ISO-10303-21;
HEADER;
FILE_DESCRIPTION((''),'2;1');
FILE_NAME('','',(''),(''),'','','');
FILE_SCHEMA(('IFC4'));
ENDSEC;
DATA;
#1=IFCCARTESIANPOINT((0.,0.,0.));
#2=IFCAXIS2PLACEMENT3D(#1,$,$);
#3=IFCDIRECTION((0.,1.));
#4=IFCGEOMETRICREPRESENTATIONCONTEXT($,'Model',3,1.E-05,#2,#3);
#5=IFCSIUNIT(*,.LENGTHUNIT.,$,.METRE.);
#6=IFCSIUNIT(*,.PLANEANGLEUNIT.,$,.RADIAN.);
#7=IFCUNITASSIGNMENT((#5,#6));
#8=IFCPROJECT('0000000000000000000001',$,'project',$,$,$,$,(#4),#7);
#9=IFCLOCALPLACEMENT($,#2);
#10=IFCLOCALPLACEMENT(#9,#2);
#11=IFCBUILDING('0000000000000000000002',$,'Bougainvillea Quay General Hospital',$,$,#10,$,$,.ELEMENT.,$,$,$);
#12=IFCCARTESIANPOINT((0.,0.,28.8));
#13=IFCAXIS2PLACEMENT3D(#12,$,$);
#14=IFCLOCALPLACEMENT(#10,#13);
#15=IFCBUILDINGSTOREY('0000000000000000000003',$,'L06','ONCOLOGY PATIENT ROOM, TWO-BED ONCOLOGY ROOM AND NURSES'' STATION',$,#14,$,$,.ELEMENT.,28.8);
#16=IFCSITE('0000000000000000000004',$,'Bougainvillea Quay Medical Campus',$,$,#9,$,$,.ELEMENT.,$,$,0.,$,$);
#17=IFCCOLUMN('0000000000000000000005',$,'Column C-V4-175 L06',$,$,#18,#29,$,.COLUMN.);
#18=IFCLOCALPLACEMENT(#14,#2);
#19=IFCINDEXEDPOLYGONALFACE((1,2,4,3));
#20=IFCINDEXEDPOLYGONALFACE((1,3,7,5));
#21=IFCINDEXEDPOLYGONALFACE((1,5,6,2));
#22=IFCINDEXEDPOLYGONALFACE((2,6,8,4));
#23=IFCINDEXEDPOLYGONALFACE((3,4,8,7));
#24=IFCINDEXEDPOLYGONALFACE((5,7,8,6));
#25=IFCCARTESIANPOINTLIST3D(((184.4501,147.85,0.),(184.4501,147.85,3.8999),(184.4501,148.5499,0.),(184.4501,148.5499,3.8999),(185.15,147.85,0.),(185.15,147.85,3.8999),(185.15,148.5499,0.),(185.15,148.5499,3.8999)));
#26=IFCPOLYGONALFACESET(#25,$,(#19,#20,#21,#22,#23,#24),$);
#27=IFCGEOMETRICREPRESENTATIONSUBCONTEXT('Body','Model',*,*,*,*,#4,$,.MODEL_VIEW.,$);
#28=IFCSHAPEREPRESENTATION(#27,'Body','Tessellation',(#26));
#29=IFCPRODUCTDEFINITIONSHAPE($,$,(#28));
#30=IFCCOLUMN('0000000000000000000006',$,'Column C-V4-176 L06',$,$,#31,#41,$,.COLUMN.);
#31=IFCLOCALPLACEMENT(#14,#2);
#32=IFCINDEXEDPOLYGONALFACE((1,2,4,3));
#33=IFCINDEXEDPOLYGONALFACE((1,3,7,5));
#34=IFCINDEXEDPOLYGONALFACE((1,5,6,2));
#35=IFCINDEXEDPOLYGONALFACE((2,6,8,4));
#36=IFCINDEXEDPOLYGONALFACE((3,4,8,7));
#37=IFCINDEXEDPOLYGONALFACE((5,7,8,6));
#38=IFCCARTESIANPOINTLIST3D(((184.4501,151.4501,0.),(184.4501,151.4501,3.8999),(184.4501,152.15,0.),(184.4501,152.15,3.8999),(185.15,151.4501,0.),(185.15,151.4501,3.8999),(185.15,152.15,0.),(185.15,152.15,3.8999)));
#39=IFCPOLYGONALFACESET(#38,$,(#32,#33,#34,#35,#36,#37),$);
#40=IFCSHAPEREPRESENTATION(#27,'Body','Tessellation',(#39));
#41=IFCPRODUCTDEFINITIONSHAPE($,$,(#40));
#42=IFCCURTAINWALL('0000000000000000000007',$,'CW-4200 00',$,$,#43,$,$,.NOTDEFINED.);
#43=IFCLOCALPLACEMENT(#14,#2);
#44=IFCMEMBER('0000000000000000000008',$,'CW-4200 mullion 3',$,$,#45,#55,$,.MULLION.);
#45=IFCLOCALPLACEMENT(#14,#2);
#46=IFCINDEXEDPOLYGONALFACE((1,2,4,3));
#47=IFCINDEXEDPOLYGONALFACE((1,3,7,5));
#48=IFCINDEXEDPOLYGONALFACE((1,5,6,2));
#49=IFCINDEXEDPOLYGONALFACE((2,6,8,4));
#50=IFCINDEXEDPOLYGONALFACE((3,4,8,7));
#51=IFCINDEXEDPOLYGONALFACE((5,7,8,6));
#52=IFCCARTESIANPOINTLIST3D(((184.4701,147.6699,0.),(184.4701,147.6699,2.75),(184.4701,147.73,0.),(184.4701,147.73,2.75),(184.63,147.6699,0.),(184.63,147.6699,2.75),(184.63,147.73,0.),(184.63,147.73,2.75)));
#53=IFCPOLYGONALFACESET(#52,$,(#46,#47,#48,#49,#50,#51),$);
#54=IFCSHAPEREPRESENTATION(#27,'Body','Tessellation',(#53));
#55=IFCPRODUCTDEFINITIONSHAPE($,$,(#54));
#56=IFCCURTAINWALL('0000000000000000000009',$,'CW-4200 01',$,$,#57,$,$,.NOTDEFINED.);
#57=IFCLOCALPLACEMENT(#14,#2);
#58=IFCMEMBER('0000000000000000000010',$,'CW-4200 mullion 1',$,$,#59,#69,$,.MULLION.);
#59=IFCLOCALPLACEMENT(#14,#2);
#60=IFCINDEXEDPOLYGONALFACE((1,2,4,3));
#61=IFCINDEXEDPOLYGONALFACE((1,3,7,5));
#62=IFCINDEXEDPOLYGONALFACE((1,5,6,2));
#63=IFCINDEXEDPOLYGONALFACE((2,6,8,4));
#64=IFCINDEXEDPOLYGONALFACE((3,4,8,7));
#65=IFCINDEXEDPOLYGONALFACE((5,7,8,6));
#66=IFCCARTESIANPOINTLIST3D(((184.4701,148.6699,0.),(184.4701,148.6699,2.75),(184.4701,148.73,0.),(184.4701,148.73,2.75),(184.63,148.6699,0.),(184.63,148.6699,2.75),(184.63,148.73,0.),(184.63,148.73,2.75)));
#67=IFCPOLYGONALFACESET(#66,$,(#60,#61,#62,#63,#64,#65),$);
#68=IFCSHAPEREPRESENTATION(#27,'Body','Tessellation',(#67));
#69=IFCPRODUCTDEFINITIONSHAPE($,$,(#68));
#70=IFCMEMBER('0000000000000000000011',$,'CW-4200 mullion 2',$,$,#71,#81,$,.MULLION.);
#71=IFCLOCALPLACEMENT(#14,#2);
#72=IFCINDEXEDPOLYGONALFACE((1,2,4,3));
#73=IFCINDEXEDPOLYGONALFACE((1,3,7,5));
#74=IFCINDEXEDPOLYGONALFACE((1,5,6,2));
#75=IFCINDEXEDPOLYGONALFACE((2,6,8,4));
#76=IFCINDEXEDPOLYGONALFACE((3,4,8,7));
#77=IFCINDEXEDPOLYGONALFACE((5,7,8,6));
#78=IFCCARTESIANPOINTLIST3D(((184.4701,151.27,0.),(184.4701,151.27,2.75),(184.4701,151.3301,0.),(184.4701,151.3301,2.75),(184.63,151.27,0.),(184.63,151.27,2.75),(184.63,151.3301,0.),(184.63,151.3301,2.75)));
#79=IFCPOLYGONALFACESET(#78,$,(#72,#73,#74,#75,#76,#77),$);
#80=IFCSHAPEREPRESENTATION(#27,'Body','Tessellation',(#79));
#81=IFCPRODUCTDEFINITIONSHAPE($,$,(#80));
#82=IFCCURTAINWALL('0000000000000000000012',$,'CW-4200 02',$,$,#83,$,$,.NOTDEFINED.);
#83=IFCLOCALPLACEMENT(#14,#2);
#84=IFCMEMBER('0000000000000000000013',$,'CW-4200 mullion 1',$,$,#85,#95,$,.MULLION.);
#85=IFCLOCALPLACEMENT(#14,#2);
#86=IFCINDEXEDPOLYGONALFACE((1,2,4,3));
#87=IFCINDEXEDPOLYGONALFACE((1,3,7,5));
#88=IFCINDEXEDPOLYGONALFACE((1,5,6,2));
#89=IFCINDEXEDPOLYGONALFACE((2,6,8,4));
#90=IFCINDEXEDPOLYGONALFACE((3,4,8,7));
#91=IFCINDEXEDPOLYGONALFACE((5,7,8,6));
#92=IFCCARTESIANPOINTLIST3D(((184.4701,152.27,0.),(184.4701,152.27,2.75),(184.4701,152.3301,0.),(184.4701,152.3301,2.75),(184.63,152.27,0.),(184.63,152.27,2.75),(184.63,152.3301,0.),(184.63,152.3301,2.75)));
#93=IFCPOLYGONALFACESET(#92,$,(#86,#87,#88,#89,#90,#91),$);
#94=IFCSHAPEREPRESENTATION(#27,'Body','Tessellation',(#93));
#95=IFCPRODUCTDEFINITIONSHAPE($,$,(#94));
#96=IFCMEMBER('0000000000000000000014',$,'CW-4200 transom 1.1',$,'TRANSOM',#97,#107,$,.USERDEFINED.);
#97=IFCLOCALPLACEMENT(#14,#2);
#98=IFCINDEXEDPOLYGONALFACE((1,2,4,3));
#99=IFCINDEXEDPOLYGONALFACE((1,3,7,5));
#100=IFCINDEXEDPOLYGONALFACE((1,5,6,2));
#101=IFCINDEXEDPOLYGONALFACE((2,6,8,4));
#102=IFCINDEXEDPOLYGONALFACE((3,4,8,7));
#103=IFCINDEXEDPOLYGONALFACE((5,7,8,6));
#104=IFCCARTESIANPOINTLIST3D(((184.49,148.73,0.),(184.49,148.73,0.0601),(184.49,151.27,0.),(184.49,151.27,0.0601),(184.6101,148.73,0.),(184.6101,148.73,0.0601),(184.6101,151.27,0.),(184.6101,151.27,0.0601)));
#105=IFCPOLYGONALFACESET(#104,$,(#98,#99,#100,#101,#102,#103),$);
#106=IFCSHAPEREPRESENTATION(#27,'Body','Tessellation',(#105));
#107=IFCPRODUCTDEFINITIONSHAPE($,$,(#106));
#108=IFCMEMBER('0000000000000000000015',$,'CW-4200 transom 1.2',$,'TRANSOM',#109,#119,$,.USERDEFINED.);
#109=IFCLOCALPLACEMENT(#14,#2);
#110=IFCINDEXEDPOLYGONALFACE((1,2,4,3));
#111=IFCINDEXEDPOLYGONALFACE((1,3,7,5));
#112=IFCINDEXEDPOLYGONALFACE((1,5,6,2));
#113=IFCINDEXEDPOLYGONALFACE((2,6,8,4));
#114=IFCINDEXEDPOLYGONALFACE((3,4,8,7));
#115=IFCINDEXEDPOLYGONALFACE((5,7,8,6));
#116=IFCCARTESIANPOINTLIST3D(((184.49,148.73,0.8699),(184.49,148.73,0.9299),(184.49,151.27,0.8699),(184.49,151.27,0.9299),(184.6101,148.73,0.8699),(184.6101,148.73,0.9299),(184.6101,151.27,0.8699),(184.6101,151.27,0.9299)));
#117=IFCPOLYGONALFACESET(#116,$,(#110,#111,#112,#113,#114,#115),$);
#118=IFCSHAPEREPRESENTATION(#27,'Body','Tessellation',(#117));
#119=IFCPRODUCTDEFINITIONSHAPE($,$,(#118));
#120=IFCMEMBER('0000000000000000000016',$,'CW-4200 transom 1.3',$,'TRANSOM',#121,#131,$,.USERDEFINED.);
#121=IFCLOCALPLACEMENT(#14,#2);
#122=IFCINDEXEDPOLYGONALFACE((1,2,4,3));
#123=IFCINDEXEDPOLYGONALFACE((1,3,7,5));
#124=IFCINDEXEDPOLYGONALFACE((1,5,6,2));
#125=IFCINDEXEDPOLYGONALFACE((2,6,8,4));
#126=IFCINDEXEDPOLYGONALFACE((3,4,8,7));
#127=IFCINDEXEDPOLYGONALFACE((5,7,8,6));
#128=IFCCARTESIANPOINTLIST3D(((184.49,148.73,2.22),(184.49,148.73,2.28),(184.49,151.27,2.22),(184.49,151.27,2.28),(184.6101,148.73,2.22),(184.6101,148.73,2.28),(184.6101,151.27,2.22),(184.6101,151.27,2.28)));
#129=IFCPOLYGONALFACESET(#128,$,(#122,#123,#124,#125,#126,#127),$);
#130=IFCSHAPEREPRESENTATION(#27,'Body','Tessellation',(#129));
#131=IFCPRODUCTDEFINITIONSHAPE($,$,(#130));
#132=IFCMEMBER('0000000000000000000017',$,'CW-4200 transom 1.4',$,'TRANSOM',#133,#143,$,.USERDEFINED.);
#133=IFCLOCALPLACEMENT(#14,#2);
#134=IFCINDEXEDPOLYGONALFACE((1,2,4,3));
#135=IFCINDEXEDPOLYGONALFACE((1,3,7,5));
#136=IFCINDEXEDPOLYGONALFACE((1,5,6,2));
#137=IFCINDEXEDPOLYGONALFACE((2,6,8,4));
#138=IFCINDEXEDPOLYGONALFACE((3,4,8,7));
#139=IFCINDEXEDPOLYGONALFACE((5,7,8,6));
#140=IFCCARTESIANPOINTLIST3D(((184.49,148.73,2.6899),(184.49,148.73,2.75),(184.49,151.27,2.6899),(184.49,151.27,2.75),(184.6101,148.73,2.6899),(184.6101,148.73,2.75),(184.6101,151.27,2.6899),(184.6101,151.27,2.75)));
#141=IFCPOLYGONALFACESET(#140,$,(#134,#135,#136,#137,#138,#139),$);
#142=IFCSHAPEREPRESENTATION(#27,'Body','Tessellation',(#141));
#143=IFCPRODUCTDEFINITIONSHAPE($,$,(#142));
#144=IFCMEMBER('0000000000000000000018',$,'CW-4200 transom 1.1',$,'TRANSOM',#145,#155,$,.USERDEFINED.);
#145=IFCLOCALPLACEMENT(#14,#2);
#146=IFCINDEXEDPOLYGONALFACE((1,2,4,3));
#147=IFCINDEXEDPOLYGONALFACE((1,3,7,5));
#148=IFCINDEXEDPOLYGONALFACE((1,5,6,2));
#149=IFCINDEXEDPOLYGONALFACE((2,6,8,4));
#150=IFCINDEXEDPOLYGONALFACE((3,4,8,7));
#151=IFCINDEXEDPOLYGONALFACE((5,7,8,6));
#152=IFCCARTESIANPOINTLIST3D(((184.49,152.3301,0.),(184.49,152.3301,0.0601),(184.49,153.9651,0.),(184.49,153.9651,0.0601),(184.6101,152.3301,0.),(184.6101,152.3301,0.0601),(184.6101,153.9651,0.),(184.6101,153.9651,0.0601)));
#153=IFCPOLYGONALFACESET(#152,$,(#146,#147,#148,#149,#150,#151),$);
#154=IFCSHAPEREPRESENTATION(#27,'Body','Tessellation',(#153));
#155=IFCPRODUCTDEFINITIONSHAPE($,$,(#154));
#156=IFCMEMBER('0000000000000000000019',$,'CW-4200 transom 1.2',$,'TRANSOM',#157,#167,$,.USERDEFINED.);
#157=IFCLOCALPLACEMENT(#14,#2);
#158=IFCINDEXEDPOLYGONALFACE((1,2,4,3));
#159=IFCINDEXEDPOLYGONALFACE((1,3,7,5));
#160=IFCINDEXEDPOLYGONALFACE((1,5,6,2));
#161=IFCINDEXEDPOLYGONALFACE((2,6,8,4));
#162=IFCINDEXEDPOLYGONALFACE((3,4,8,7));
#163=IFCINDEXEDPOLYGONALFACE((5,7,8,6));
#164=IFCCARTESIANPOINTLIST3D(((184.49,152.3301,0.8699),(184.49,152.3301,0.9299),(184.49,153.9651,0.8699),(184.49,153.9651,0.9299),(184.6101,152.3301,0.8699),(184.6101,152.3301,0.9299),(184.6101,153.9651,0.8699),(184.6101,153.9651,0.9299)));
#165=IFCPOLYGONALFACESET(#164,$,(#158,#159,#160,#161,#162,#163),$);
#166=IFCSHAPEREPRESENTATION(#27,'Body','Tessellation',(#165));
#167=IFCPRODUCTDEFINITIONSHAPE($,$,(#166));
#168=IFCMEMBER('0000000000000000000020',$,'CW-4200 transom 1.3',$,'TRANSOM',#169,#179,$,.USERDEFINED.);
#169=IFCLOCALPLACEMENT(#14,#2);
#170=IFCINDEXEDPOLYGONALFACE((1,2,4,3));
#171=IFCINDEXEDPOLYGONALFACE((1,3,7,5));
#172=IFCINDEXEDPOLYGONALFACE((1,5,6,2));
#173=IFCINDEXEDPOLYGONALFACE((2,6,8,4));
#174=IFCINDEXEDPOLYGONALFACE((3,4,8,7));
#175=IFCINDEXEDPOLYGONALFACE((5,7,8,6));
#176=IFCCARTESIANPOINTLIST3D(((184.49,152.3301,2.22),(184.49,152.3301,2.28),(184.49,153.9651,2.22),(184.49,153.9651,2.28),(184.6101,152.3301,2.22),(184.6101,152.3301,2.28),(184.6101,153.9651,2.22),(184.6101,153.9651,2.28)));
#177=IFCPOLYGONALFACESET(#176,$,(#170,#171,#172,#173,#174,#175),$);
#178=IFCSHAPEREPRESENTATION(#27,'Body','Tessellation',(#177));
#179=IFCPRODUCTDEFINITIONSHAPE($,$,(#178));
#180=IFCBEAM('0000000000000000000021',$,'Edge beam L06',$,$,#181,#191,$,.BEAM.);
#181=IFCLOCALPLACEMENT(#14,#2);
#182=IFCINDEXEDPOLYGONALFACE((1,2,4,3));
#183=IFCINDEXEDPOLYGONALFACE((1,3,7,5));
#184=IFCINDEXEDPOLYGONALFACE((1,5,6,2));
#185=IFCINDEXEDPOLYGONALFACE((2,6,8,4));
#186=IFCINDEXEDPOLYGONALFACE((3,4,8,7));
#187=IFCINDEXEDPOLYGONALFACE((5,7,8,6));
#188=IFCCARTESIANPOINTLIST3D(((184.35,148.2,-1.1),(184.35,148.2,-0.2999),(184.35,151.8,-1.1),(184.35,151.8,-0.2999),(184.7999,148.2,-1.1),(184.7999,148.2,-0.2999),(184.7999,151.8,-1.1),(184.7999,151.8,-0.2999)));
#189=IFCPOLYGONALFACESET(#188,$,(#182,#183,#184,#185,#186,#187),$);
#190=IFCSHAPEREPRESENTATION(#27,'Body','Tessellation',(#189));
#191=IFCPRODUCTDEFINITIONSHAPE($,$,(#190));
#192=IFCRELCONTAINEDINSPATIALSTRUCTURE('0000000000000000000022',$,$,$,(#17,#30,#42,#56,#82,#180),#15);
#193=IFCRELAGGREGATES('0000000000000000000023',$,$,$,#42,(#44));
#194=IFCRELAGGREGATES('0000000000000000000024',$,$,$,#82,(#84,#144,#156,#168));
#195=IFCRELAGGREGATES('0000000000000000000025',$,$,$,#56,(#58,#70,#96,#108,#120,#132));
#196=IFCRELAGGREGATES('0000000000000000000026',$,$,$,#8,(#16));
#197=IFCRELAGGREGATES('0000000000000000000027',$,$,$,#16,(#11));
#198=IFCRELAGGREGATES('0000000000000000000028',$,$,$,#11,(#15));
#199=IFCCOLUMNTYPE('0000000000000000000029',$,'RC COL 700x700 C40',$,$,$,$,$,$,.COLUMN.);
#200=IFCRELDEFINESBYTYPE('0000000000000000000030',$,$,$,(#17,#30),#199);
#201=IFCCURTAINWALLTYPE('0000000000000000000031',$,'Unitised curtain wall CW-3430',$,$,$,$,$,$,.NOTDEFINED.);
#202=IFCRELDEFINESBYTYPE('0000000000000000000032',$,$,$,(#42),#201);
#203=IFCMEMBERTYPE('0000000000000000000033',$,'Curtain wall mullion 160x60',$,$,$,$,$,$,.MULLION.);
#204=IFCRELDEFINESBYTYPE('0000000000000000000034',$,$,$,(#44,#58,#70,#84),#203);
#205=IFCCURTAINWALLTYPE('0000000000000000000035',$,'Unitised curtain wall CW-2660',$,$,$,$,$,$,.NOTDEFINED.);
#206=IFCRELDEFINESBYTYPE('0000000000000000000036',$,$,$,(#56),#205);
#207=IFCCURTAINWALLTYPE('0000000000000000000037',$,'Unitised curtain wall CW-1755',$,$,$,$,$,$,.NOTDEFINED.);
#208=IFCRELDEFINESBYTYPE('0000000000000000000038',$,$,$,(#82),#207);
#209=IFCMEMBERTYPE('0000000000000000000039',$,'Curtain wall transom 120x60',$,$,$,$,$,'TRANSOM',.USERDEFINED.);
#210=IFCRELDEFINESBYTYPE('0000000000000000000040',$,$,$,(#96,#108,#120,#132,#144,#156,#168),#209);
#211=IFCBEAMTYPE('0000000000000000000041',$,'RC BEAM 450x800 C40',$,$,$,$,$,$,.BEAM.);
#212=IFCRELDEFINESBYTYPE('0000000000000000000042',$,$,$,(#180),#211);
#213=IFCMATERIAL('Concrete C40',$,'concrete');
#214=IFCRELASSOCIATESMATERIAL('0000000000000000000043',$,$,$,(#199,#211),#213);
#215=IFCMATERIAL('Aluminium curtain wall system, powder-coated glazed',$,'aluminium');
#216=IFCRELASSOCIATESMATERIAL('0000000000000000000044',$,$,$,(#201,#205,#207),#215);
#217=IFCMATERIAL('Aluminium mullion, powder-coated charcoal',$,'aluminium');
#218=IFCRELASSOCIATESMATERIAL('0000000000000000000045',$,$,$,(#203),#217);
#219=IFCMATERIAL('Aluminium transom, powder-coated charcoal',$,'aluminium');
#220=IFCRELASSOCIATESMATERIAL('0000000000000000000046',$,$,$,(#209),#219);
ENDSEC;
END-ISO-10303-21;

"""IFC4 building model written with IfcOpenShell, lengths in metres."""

from ifc_helpers import new_model, si_unit, direction, frame, origin, origin_2d, place, context, subcontext, project, spatial, rectangle, extrude, material, material_profile, profile_set, type_object, element, aggregate, save


model = new_model("IFC4")

# Units and contexts
model_context = context("Model", 3, precision=1e-05, world=origin(), true_north=direction((0.0, 1.0)))
body_context = subcontext(model_context, "Body", "Model", "MODEL_VIEW")
ifc_project = project(units=[si_unit("LENGTHUNIT", "METRE"), si_unit("PLANEANGLEUNIT", "RADIAN")], contexts=[model_context])

# Site, building, storey
site_placement = place(None, origin())
site = spatial("IfcSite", under=ifc_project, at=site_placement, Name="Bougainvillea Quay Medical Campus", CompositionType="ELEMENT", RefElevation=0.0)
building_placement = place(site_placement, origin())
building = spatial("IfcBuilding", under=site, at=building_placement, Name="Bougainvillea Quay General Hospital", CompositionType="ELEMENT")
storey_placement = place(building_placement, frame((0.0, 0.0, 28.8)))
storey = spatial("IfcBuildingStorey", under=building, at=storey_placement, Name="L06", Description="ONCOLOGY PATIENT ROOM, TWO-BED ONCOLOGY ROOM AND NURSES' STATION", CompositionType="ELEMENT", Elevation=28.8)

# Columns
ifc_material_1 = material(Name="Concrete C40", Category="concrete")
ifc_material_profile_1 = material_profile(ifc_material_1, rectangle(XDim=0.7, YDim=0.7, at=origin_2d()))
ifc_profile_set_1 = profile_set([ifc_material_profile_1], Name="Concrete C40")
column_type = type_object("IfcColumnType", Name="RC COL 700x700 C40", PredefinedType="COLUMN", material=ifc_profile_set_1)
for number, where, z_axis, x_axis, name in (
    (1, (184.8, 148.2, 0.0), (0.0, 0.0, 1.0), (1.0, 0.0, 0.0), "Column C-V4-175 L06"),
    (2, (184.8, 151.8, 0.0), (0.0, 0.0, 1.0), (1.0, 0.0, 0.0), "Column C-V4-176 L06"),
):
    element("IfcColumn", number, at=place(storey_placement, frame(where, z_axis=z_axis, x_axis=x_axis)), inside=storey, type_object=column_type, Name=name, PredefinedType="COLUMN", context=body_context, shape_type="SweptSolid", body=[
        extrude(rectangle(XDim=0.7, YDim=0.7, at=origin_2d()), origin(), (0.0, 0.0, 1.0), 3.8999),
    ])

# Curtain wall, member
ifc_material_2 = material(Name="Aluminium curtain wall system, powder-coated glazed", Category="aluminium")
curtain_wall_type_1 = type_object("IfcCurtainWallType", Name="Unitised curtain wall CW-3430", PredefinedType="NOTDEFINED", material=ifc_material_2)
curtain_wall_1_placement = place(storey_placement, origin())
curtain_wall_1 = element("IfcCurtainWall", 3, at=curtain_wall_1_placement, inside=storey, type_object=curtain_wall_type_1, Name="CW-4200 00", PredefinedType="NOTDEFINED")
ifc_material_3 = material(Name="Aluminium mullion, powder-coated charcoal", Category="aluminium")
ifc_material_profile_2 = material_profile(ifc_material_3, rectangle(XDim=0.1599, YDim=0.0601, at=origin_2d()))
ifc_profile_set_2 = profile_set([ifc_material_profile_2], Name="Aluminium mullion, powder-coated charcoal")
member_type_1 = type_object("IfcMemberType", Name="Curtain wall mullion 160x60", PredefinedType="MULLION", material=ifc_profile_set_2)
member_1_placement = place(storey_placement, frame((184.55, 147.7, 0.0), z_axis=(0.0, 0.0, 1.0), x_axis=(-1.0, 0.0, 0.0)))
member_1 = element("IfcMember", 4, at=member_1_placement, type_object=member_type_1, Name="CW-4200 mullion 3", PredefinedType="MULLION", context=body_context, shape_type="SweptSolid", body=[
    extrude(rectangle(XDim=0.1599, YDim=0.0601, at=origin_2d()), origin(), (0.0, 0.0, 1.0), 2.75),
])
aggregate(curtain_wall_1, [member_1])

# Curtain wall, members
curtain_wall_type_2 = type_object("IfcCurtainWallType", Name="Unitised curtain wall CW-2660", PredefinedType="NOTDEFINED", material=ifc_material_2)
curtain_wall_2_placement = place(storey_placement, origin())
curtain_wall_2 = element("IfcCurtainWall", 5, at=curtain_wall_2_placement, inside=storey, type_object=curtain_wall_type_2, Name="CW-4200 01", PredefinedType="NOTDEFINED")
member_2_placement = place(storey_placement, frame((184.55, 148.7, 0.0), z_axis=(0.0, 0.0, 1.0), x_axis=(-1.0, 0.0, 0.0)))
member_2 = element("IfcMember", 6, at=member_2_placement, type_object=member_type_1, Name="CW-4200 mullion 1", PredefinedType="MULLION", context=body_context, shape_type="SweptSolid", body=[
    extrude(rectangle(XDim=0.1599, YDim=0.0601, at=origin_2d()), origin(), (0.0, 0.0, 1.0), 2.75),
])
member_3_placement = place(storey_placement, frame((184.55, 151.3, 0.0), z_axis=(0.0, 0.0, 1.0), x_axis=(-1.0, 0.0, 0.0)))
member_3 = element("IfcMember", 7, at=member_3_placement, type_object=member_type_1, Name="CW-4200 mullion 2", PredefinedType="MULLION", context=body_context, shape_type="SweptSolid", body=[
    extrude(rectangle(XDim=0.1599, YDim=0.0601, at=origin_2d()), origin(), (0.0, 0.0, 1.0), 2.75),
])

# Curtain wall, member
curtain_wall_type_3 = type_object("IfcCurtainWallType", Name="Unitised curtain wall CW-1755", PredefinedType="NOTDEFINED", material=ifc_material_2)
curtain_wall_3_placement = place(storey_placement, origin())
curtain_wall_3 = element("IfcCurtainWall", 8, at=curtain_wall_3_placement, inside=storey, type_object=curtain_wall_type_3, Name="CW-4200 02", PredefinedType="NOTDEFINED")
member_4_placement = place(storey_placement, frame((184.55, 152.3, 0.0), z_axis=(0.0, 0.0, 1.0), x_axis=(-1.0, 0.0, 0.0)))
member_4 = element("IfcMember", 9, at=member_4_placement, type_object=member_type_1, Name="CW-4200 mullion 1", PredefinedType="MULLION", context=body_context, shape_type="SweptSolid", body=[
    extrude(rectangle(XDim=0.1599, YDim=0.0601, at=origin_2d()), origin(), (0.0, 0.0, 1.0), 2.75),
])

# Members
ifc_material_4 = material(Name="Aluminium transom, powder-coated charcoal", Category="aluminium")
ifc_material_profile_3 = material_profile(ifc_material_4, rectangle(XDim=0.1201, YDim=0.0601, at=origin_2d()))
ifc_profile_set_3 = profile_set([ifc_material_profile_3], Name="Aluminium transom, powder-coated charcoal")
member_type_2 = type_object("IfcMemberType", Name="Curtain wall transom 120x60", ElementType="TRANSOM", PredefinedType="USERDEFINED", material=ifc_profile_set_3)
member_5_placement = place(storey_placement, frame((184.55, 148.73, 0.03), z_axis=(0.0, 1.0, 0.0), x_axis=(-1.0, 0.0, 0.0)))
member_5 = element("IfcMember", 10, at=member_5_placement, type_object=member_type_2, Name="CW-4200 transom 1.1", ObjectType="TRANSOM", PredefinedType="USERDEFINED", context=body_context, shape_type="SweptSolid", body=[
    extrude(rectangle(XDim=0.1201, YDim=0.0601, at=origin_2d()), origin(), (0.0, 0.0, 1.0), 2.54),
])
member_6_placement = place(storey_placement, frame((184.55, 148.73, 0.8999), z_axis=(0.0, 1.0, 0.0), x_axis=(-1.0, 0.0, 0.0)))
member_6 = element("IfcMember", 11, at=member_6_placement, type_object=member_type_2, Name="CW-4200 transom 1.2", ObjectType="TRANSOM", PredefinedType="USERDEFINED", context=body_context, shape_type="SweptSolid", body=[
    extrude(rectangle(XDim=0.1201, YDim=0.0601, at=origin_2d()), origin(), (0.0, 0.0, 1.0), 2.54),
])
member_7_placement = place(storey_placement, frame((184.55, 148.73, 2.25), z_axis=(0.0, 1.0, 0.0), x_axis=(-1.0, 0.0, 0.0)))
member_7 = element("IfcMember", 12, at=member_7_placement, type_object=member_type_2, Name="CW-4200 transom 1.3", ObjectType="TRANSOM", PredefinedType="USERDEFINED", context=body_context, shape_type="SweptSolid", body=[
    extrude(rectangle(XDim=0.1201, YDim=0.0601, at=origin_2d()), origin(), (0.0, 0.0, 1.0), 2.54),
])
member_8_placement = place(storey_placement, frame((184.55, 148.73, 2.72), z_axis=(0.0, 1.0, 0.0), x_axis=(-1.0, 0.0, 0.0)))
member_8 = element("IfcMember", 13, at=member_8_placement, type_object=member_type_2, Name="CW-4200 transom 1.4", ObjectType="TRANSOM", PredefinedType="USERDEFINED", context=body_context, shape_type="SweptSolid", body=[
    extrude(rectangle(XDim=0.1201, YDim=0.0601, at=origin_2d()), origin(), (0.0, 0.0, 1.0), 2.54),
])
member_9_placement = place(storey_placement, frame((184.55, 152.3301, 0.03), z_axis=(0.0, 1.0, 0.0), x_axis=(-1.0, 0.0, 0.0)))
member_9 = element("IfcMember", 14, at=member_9_placement, type_object=member_type_2, Name="CW-4200 transom 1.1", ObjectType="TRANSOM", PredefinedType="USERDEFINED", context=body_context, shape_type="SweptSolid", body=[
    extrude(rectangle(XDim=0.1201, YDim=0.0601, at=origin_2d()), origin(), (0.0, 0.0, 1.0), 1.635),
])
member_10_placement = place(storey_placement, frame((184.55, 152.3301, 0.8999), z_axis=(0.0, 1.0, 0.0), x_axis=(-1.0, 0.0, 0.0)))
member_10 = element("IfcMember", 15, at=member_10_placement, type_object=member_type_2, Name="CW-4200 transom 1.2", ObjectType="TRANSOM", PredefinedType="USERDEFINED", context=body_context, shape_type="SweptSolid", body=[
    extrude(rectangle(XDim=0.1201, YDim=0.0601, at=origin_2d()), origin(), (0.0, 0.0, 1.0), 1.635),
])
member_11_placement = place(storey_placement, frame((184.55, 152.3301, 2.25), z_axis=(0.0, 1.0, 0.0), x_axis=(-1.0, 0.0, 0.0)))
member_11 = element("IfcMember", 16, at=member_11_placement, type_object=member_type_2, Name="CW-4200 transom 1.3", ObjectType="TRANSOM", PredefinedType="USERDEFINED", context=body_context, shape_type="SweptSolid", body=[
    extrude(rectangle(XDim=0.1201, YDim=0.0601, at=origin_2d()), origin(), (0.0, 0.0, 1.0), 1.635),
])
aggregate(curtain_wall_3, [member_4, member_9, member_10, member_11])

# Beam
ifc_material_profile_4 = material_profile(ifc_material_1, rectangle(XDim=0.45, YDim=0.8, at=origin_2d()))
ifc_profile_set_4 = profile_set([ifc_material_profile_4], Name="Concrete C40")
beam_type = type_object("IfcBeamType", Name="RC BEAM 450x800 C40", PredefinedType="BEAM", material=ifc_profile_set_4)
beam_1_placement = place(storey_placement, frame((184.575, 148.2, -0.7), z_axis=(0.0, 1.0, 0.0), x_axis=(-1.0, 0.0, 0.0)))
element("IfcBeam", 17, at=beam_1_placement, inside=storey, type_object=beam_type, Name="Edge beam L06", PredefinedType="BEAM", context=body_context, shape_type="SweptSolid", body=[
    extrude(rectangle(XDim=0.45, YDim=0.8, at=origin_2d()), origin(), (0.0, 0.0, 1.0), 3.6001),
])

aggregate(curtain_wall_2, [member_2, member_3, member_5, member_6, member_7, member_8])

save(model, "model.ifc")
